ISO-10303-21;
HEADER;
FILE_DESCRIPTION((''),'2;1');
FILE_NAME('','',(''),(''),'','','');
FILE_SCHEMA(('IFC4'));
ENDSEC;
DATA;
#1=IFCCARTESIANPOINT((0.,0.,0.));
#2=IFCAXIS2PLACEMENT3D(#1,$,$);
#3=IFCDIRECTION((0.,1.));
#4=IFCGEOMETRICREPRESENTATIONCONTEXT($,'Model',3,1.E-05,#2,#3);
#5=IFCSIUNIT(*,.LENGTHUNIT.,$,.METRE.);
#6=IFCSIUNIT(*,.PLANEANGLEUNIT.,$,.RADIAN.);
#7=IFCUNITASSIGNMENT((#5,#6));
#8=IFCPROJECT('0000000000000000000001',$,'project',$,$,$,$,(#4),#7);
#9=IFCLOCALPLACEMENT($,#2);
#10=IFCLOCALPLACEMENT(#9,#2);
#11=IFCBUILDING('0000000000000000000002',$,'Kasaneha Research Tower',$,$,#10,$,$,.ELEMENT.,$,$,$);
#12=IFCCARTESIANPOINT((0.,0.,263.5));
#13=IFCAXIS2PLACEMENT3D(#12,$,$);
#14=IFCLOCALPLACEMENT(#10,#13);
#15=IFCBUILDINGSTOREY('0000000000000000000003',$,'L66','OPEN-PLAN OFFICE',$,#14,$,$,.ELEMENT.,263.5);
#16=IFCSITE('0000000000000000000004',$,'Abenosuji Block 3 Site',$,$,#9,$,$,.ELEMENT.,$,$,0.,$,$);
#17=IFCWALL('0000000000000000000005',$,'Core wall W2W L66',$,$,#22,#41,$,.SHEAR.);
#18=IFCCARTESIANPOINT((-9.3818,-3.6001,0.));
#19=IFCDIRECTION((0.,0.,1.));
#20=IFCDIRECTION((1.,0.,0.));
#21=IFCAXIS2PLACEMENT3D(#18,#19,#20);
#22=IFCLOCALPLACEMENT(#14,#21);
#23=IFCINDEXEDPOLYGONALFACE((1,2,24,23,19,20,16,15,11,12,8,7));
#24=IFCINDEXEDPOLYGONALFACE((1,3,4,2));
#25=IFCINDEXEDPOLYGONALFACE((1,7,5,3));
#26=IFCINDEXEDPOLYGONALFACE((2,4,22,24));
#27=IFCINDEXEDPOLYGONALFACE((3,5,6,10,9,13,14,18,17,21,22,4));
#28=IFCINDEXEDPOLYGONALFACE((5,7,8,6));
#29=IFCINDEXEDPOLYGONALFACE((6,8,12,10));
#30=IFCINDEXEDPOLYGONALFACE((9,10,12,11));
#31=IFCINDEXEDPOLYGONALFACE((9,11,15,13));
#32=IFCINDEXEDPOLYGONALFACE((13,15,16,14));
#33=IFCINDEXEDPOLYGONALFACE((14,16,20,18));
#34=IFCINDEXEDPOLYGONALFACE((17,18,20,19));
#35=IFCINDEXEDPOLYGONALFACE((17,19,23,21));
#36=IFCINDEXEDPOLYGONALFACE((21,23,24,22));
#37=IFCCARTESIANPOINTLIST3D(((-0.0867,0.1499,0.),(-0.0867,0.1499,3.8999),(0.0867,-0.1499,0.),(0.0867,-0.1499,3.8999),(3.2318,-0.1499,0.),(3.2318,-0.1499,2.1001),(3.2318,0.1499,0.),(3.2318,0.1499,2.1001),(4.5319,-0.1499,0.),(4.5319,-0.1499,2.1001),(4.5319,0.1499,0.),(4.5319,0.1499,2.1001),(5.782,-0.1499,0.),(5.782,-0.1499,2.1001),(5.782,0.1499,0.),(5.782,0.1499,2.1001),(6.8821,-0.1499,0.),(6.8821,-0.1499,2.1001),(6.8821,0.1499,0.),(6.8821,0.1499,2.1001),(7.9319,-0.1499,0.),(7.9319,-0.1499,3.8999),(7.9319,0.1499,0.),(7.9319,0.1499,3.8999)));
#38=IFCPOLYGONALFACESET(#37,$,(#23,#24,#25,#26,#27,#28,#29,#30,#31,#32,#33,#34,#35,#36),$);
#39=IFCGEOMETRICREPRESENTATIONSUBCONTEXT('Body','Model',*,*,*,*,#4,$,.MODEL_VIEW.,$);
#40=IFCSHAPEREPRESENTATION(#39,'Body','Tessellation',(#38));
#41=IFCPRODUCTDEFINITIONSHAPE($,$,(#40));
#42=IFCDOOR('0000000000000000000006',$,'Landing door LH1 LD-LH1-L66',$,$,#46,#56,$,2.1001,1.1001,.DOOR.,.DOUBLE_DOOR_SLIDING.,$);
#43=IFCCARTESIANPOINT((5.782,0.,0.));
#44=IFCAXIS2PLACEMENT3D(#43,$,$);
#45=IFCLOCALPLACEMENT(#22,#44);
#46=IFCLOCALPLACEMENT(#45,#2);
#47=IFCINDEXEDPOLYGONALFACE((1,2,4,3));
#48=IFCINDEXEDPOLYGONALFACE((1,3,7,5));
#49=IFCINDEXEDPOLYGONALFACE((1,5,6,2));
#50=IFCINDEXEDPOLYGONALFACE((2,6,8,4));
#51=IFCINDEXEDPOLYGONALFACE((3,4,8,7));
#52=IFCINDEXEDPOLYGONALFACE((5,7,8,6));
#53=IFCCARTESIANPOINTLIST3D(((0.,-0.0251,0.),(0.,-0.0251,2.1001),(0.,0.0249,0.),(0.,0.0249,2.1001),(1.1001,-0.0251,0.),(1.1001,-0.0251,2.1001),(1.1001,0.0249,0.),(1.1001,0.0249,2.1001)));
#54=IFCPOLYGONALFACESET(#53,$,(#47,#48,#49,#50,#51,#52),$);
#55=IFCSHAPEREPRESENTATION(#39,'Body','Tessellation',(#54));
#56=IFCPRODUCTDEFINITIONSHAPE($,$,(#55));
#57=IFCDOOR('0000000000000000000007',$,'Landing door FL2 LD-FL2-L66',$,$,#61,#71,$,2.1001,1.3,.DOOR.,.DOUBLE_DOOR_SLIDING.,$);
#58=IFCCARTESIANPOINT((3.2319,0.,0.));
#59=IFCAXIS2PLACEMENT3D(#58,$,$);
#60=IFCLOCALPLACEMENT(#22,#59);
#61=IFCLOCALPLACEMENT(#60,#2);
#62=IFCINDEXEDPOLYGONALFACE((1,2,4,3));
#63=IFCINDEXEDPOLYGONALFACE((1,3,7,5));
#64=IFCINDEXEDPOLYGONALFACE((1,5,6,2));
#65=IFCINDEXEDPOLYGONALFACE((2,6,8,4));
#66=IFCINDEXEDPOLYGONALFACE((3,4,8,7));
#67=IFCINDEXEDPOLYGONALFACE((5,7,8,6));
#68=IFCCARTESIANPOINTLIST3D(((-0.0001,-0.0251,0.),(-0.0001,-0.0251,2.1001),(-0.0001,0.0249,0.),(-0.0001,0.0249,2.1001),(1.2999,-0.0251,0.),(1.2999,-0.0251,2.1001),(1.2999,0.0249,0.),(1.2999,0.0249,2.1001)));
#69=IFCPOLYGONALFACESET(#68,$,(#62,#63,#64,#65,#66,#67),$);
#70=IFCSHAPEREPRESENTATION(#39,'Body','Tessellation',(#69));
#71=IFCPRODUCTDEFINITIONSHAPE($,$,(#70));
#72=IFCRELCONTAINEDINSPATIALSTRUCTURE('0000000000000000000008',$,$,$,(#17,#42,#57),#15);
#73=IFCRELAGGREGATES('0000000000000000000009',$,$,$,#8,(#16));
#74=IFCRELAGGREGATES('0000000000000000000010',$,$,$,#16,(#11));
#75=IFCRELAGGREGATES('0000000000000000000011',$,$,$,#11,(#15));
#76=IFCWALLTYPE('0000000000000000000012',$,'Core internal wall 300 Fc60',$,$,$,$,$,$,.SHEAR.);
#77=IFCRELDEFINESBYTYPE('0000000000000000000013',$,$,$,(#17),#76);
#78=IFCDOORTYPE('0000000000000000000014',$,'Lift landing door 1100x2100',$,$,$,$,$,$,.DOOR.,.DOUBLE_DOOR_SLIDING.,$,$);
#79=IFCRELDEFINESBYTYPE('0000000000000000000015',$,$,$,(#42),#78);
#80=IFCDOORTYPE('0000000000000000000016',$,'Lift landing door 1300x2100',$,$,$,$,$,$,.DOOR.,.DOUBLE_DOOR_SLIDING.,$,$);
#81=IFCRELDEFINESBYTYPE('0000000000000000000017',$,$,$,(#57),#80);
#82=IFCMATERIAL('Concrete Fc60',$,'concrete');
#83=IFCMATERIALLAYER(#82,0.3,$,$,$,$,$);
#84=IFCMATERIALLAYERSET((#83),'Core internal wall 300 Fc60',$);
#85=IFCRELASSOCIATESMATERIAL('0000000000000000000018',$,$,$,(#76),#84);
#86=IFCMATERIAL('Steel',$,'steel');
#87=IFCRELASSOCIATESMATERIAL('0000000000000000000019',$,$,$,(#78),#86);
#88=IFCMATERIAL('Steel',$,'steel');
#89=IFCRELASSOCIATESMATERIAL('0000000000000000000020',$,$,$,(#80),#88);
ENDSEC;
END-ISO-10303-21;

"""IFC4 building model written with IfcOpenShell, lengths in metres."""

from ifc_helpers import new_model, si_unit, direction, frame, frame_2d, origin, place, context, subcontext, project, spatial, polyline, rectangle, outline, extrude, material, layer, layer_set, type_object, element, fill, save


model = new_model("IFC4")

# Units and contexts
model_context = context("Model", 3, precision=1e-05, world=origin(), true_north=direction((0.0, 1.0)))
body_context = subcontext(model_context, "Body", "Model", "MODEL_VIEW")
ifc_project = project(units=[si_unit("LENGTHUNIT", "METRE"), si_unit("PLANEANGLEUNIT", "RADIAN")], contexts=[model_context])

# Site, building, storey
site_placement = place(None, origin())
site = spatial("IfcSite", under=ifc_project, at=site_placement, Name="Abenosuji Block 3 Site", CompositionType="ELEMENT", RefElevation=0.0)
building_placement = place(site_placement, origin())
building = spatial("IfcBuilding", under=site, at=building_placement, Name="Kasaneha Research Tower", CompositionType="ELEMENT")
storey_placement = place(building_placement, frame((0.0, 0.0, 263.5)))
storey = spatial("IfcBuildingStorey", under=building, at=storey_placement, Name="L66", Description="OPEN-PLAN OFFICE", CompositionType="ELEMENT", Elevation=263.5)

# Wall, openings, doors
ifc_material_1 = material(Name="Concrete Fc60", Category="concrete")
ifc_layer_1 = layer(ifc_material_1, 0.3)
ifc_layer_set_1 = layer_set([ifc_layer_1], Name="Core internal wall 300 Fc60")
wall_type_1 = type_object("IfcWallType", Name="Core internal wall 300 Fc60", PredefinedType="SHEAR", material=ifc_layer_set_1)
wall_1_placement = place(storey_placement, frame((-9.3818, -3.6001, 0.0), z_axis=(0.0, 0.0, 1.0), x_axis=(1.0, 0.0, 0.0)))
wall_1 = element("IfcWall", 1, at=wall_1_placement, inside=storey, type_object=wall_type_1, Name="Core wall W2W L66", PredefinedType="SHEAR", context=body_context, shape_type="SweptSolid", body=[
    extrude(outline(polyline([(0.0867, -0.1499), (3.2319, -0.1499), (4.532, -0.1499), (5.782, -0.1499), (6.8821, -0.1499), (7.9319, -0.1499), (7.9319, 0.1499), (6.8821, 0.1499), (5.782, 0.1499), (4.532, 0.1499), (3.2319, 0.1499), (-0.0867, 0.1499), (0.0867, -0.1499)])), origin(), (0.0, 0.0, 1.0), 3.8999),
])
opening_1_placement = place(wall_1_placement, frame((5.782, 0.0, 0.0)))
opening_1 = element("IfcOpeningElement", 2, at=opening_1_placement, cuts=wall_1, PredefinedType="OPENING", context=body_context, shape_type="SweptSolid", body=[
    extrude(rectangle(XDim=1.1001, YDim=2.1001, at=frame_2d((0.55, 1.05))), frame((0.0, 0.1602, 0.0), z_axis=(0.0, -1.0, 0.0), x_axis=(1.0, 0.0, 0.0)), (0.0, 0.0, 1.0), 0.3201),
])
opening_2_placement = place(wall_1_placement, frame((3.2319, 0.0, 0.0)))
opening_2 = element("IfcOpeningElement", 3, at=opening_2_placement, cuts=wall_1, PredefinedType="OPENING", context=body_context, shape_type="SweptSolid", body=[
    extrude(rectangle(XDim=1.3, YDim=2.1001, at=frame_2d((0.6499, 1.05))), frame((0.0, 0.1602, 0.0), z_axis=(0.0, -1.0, 0.0), x_axis=(1.0, 0.0, 0.0)), (0.0, 0.0, 1.0), 0.3201),
])
ifc_material_2 = material(Name="Steel", Category="steel")
door_type_1 = type_object("IfcDoorType", Name="Lift landing door 1100x2100", OperationType="DOUBLE_DOOR_SLIDING", PredefinedType="DOOR", material=ifc_material_2)
door_1_placement = place(opening_1_placement, origin())
door_1 = element("IfcDoor", 4, at=door_1_placement, inside=storey, type_object=door_type_1, Name="Landing door LH1 LD-LH1-L66", OperationType="DOUBLE_DOOR_SLIDING", OverallHeight=2.1001, OverallWidth=1.1001, PredefinedType="DOOR", context=body_context, shape_type="SweptSolid", body=[
    extrude(rectangle(XDim=1.1001, YDim=2.1001, at=frame_2d((0.55, 1.05))), frame((0.0, 0.0249, 0.0), z_axis=(0.0, -1.0, 0.0), x_axis=(1.0, 0.0, 0.0)), (0.0, 0.0, 1.0), 0.05),
])
fill(opening_1, door_1)
ifc_material_3 = material(Name="Steel", Category="steel")
door_type_2 = type_object("IfcDoorType", Name="Lift landing door 1300x2100", OperationType="DOUBLE_DOOR_SLIDING", PredefinedType="DOOR", material=ifc_material_3)
door_2_placement = place(opening_2_placement, origin())
door_2 = element("IfcDoor", 5, at=door_2_placement, inside=storey, type_object=door_type_2, Name="Landing door FL2 LD-FL2-L66", OperationType="DOUBLE_DOOR_SLIDING", OverallHeight=2.1001, OverallWidth=1.3, PredefinedType="DOOR", context=body_context, shape_type="SweptSolid", body=[
    extrude(rectangle(XDim=1.3, YDim=2.1001, at=frame_2d((0.6499, 1.05))), frame((0.0, 0.0249, 0.0), z_axis=(0.0, -1.0, 0.0), x_axis=(1.0, 0.0, 0.0)), (0.0, 0.0, 1.0), 0.05),
])
fill(opening_2, door_2)

save(model, "model.ifc")
